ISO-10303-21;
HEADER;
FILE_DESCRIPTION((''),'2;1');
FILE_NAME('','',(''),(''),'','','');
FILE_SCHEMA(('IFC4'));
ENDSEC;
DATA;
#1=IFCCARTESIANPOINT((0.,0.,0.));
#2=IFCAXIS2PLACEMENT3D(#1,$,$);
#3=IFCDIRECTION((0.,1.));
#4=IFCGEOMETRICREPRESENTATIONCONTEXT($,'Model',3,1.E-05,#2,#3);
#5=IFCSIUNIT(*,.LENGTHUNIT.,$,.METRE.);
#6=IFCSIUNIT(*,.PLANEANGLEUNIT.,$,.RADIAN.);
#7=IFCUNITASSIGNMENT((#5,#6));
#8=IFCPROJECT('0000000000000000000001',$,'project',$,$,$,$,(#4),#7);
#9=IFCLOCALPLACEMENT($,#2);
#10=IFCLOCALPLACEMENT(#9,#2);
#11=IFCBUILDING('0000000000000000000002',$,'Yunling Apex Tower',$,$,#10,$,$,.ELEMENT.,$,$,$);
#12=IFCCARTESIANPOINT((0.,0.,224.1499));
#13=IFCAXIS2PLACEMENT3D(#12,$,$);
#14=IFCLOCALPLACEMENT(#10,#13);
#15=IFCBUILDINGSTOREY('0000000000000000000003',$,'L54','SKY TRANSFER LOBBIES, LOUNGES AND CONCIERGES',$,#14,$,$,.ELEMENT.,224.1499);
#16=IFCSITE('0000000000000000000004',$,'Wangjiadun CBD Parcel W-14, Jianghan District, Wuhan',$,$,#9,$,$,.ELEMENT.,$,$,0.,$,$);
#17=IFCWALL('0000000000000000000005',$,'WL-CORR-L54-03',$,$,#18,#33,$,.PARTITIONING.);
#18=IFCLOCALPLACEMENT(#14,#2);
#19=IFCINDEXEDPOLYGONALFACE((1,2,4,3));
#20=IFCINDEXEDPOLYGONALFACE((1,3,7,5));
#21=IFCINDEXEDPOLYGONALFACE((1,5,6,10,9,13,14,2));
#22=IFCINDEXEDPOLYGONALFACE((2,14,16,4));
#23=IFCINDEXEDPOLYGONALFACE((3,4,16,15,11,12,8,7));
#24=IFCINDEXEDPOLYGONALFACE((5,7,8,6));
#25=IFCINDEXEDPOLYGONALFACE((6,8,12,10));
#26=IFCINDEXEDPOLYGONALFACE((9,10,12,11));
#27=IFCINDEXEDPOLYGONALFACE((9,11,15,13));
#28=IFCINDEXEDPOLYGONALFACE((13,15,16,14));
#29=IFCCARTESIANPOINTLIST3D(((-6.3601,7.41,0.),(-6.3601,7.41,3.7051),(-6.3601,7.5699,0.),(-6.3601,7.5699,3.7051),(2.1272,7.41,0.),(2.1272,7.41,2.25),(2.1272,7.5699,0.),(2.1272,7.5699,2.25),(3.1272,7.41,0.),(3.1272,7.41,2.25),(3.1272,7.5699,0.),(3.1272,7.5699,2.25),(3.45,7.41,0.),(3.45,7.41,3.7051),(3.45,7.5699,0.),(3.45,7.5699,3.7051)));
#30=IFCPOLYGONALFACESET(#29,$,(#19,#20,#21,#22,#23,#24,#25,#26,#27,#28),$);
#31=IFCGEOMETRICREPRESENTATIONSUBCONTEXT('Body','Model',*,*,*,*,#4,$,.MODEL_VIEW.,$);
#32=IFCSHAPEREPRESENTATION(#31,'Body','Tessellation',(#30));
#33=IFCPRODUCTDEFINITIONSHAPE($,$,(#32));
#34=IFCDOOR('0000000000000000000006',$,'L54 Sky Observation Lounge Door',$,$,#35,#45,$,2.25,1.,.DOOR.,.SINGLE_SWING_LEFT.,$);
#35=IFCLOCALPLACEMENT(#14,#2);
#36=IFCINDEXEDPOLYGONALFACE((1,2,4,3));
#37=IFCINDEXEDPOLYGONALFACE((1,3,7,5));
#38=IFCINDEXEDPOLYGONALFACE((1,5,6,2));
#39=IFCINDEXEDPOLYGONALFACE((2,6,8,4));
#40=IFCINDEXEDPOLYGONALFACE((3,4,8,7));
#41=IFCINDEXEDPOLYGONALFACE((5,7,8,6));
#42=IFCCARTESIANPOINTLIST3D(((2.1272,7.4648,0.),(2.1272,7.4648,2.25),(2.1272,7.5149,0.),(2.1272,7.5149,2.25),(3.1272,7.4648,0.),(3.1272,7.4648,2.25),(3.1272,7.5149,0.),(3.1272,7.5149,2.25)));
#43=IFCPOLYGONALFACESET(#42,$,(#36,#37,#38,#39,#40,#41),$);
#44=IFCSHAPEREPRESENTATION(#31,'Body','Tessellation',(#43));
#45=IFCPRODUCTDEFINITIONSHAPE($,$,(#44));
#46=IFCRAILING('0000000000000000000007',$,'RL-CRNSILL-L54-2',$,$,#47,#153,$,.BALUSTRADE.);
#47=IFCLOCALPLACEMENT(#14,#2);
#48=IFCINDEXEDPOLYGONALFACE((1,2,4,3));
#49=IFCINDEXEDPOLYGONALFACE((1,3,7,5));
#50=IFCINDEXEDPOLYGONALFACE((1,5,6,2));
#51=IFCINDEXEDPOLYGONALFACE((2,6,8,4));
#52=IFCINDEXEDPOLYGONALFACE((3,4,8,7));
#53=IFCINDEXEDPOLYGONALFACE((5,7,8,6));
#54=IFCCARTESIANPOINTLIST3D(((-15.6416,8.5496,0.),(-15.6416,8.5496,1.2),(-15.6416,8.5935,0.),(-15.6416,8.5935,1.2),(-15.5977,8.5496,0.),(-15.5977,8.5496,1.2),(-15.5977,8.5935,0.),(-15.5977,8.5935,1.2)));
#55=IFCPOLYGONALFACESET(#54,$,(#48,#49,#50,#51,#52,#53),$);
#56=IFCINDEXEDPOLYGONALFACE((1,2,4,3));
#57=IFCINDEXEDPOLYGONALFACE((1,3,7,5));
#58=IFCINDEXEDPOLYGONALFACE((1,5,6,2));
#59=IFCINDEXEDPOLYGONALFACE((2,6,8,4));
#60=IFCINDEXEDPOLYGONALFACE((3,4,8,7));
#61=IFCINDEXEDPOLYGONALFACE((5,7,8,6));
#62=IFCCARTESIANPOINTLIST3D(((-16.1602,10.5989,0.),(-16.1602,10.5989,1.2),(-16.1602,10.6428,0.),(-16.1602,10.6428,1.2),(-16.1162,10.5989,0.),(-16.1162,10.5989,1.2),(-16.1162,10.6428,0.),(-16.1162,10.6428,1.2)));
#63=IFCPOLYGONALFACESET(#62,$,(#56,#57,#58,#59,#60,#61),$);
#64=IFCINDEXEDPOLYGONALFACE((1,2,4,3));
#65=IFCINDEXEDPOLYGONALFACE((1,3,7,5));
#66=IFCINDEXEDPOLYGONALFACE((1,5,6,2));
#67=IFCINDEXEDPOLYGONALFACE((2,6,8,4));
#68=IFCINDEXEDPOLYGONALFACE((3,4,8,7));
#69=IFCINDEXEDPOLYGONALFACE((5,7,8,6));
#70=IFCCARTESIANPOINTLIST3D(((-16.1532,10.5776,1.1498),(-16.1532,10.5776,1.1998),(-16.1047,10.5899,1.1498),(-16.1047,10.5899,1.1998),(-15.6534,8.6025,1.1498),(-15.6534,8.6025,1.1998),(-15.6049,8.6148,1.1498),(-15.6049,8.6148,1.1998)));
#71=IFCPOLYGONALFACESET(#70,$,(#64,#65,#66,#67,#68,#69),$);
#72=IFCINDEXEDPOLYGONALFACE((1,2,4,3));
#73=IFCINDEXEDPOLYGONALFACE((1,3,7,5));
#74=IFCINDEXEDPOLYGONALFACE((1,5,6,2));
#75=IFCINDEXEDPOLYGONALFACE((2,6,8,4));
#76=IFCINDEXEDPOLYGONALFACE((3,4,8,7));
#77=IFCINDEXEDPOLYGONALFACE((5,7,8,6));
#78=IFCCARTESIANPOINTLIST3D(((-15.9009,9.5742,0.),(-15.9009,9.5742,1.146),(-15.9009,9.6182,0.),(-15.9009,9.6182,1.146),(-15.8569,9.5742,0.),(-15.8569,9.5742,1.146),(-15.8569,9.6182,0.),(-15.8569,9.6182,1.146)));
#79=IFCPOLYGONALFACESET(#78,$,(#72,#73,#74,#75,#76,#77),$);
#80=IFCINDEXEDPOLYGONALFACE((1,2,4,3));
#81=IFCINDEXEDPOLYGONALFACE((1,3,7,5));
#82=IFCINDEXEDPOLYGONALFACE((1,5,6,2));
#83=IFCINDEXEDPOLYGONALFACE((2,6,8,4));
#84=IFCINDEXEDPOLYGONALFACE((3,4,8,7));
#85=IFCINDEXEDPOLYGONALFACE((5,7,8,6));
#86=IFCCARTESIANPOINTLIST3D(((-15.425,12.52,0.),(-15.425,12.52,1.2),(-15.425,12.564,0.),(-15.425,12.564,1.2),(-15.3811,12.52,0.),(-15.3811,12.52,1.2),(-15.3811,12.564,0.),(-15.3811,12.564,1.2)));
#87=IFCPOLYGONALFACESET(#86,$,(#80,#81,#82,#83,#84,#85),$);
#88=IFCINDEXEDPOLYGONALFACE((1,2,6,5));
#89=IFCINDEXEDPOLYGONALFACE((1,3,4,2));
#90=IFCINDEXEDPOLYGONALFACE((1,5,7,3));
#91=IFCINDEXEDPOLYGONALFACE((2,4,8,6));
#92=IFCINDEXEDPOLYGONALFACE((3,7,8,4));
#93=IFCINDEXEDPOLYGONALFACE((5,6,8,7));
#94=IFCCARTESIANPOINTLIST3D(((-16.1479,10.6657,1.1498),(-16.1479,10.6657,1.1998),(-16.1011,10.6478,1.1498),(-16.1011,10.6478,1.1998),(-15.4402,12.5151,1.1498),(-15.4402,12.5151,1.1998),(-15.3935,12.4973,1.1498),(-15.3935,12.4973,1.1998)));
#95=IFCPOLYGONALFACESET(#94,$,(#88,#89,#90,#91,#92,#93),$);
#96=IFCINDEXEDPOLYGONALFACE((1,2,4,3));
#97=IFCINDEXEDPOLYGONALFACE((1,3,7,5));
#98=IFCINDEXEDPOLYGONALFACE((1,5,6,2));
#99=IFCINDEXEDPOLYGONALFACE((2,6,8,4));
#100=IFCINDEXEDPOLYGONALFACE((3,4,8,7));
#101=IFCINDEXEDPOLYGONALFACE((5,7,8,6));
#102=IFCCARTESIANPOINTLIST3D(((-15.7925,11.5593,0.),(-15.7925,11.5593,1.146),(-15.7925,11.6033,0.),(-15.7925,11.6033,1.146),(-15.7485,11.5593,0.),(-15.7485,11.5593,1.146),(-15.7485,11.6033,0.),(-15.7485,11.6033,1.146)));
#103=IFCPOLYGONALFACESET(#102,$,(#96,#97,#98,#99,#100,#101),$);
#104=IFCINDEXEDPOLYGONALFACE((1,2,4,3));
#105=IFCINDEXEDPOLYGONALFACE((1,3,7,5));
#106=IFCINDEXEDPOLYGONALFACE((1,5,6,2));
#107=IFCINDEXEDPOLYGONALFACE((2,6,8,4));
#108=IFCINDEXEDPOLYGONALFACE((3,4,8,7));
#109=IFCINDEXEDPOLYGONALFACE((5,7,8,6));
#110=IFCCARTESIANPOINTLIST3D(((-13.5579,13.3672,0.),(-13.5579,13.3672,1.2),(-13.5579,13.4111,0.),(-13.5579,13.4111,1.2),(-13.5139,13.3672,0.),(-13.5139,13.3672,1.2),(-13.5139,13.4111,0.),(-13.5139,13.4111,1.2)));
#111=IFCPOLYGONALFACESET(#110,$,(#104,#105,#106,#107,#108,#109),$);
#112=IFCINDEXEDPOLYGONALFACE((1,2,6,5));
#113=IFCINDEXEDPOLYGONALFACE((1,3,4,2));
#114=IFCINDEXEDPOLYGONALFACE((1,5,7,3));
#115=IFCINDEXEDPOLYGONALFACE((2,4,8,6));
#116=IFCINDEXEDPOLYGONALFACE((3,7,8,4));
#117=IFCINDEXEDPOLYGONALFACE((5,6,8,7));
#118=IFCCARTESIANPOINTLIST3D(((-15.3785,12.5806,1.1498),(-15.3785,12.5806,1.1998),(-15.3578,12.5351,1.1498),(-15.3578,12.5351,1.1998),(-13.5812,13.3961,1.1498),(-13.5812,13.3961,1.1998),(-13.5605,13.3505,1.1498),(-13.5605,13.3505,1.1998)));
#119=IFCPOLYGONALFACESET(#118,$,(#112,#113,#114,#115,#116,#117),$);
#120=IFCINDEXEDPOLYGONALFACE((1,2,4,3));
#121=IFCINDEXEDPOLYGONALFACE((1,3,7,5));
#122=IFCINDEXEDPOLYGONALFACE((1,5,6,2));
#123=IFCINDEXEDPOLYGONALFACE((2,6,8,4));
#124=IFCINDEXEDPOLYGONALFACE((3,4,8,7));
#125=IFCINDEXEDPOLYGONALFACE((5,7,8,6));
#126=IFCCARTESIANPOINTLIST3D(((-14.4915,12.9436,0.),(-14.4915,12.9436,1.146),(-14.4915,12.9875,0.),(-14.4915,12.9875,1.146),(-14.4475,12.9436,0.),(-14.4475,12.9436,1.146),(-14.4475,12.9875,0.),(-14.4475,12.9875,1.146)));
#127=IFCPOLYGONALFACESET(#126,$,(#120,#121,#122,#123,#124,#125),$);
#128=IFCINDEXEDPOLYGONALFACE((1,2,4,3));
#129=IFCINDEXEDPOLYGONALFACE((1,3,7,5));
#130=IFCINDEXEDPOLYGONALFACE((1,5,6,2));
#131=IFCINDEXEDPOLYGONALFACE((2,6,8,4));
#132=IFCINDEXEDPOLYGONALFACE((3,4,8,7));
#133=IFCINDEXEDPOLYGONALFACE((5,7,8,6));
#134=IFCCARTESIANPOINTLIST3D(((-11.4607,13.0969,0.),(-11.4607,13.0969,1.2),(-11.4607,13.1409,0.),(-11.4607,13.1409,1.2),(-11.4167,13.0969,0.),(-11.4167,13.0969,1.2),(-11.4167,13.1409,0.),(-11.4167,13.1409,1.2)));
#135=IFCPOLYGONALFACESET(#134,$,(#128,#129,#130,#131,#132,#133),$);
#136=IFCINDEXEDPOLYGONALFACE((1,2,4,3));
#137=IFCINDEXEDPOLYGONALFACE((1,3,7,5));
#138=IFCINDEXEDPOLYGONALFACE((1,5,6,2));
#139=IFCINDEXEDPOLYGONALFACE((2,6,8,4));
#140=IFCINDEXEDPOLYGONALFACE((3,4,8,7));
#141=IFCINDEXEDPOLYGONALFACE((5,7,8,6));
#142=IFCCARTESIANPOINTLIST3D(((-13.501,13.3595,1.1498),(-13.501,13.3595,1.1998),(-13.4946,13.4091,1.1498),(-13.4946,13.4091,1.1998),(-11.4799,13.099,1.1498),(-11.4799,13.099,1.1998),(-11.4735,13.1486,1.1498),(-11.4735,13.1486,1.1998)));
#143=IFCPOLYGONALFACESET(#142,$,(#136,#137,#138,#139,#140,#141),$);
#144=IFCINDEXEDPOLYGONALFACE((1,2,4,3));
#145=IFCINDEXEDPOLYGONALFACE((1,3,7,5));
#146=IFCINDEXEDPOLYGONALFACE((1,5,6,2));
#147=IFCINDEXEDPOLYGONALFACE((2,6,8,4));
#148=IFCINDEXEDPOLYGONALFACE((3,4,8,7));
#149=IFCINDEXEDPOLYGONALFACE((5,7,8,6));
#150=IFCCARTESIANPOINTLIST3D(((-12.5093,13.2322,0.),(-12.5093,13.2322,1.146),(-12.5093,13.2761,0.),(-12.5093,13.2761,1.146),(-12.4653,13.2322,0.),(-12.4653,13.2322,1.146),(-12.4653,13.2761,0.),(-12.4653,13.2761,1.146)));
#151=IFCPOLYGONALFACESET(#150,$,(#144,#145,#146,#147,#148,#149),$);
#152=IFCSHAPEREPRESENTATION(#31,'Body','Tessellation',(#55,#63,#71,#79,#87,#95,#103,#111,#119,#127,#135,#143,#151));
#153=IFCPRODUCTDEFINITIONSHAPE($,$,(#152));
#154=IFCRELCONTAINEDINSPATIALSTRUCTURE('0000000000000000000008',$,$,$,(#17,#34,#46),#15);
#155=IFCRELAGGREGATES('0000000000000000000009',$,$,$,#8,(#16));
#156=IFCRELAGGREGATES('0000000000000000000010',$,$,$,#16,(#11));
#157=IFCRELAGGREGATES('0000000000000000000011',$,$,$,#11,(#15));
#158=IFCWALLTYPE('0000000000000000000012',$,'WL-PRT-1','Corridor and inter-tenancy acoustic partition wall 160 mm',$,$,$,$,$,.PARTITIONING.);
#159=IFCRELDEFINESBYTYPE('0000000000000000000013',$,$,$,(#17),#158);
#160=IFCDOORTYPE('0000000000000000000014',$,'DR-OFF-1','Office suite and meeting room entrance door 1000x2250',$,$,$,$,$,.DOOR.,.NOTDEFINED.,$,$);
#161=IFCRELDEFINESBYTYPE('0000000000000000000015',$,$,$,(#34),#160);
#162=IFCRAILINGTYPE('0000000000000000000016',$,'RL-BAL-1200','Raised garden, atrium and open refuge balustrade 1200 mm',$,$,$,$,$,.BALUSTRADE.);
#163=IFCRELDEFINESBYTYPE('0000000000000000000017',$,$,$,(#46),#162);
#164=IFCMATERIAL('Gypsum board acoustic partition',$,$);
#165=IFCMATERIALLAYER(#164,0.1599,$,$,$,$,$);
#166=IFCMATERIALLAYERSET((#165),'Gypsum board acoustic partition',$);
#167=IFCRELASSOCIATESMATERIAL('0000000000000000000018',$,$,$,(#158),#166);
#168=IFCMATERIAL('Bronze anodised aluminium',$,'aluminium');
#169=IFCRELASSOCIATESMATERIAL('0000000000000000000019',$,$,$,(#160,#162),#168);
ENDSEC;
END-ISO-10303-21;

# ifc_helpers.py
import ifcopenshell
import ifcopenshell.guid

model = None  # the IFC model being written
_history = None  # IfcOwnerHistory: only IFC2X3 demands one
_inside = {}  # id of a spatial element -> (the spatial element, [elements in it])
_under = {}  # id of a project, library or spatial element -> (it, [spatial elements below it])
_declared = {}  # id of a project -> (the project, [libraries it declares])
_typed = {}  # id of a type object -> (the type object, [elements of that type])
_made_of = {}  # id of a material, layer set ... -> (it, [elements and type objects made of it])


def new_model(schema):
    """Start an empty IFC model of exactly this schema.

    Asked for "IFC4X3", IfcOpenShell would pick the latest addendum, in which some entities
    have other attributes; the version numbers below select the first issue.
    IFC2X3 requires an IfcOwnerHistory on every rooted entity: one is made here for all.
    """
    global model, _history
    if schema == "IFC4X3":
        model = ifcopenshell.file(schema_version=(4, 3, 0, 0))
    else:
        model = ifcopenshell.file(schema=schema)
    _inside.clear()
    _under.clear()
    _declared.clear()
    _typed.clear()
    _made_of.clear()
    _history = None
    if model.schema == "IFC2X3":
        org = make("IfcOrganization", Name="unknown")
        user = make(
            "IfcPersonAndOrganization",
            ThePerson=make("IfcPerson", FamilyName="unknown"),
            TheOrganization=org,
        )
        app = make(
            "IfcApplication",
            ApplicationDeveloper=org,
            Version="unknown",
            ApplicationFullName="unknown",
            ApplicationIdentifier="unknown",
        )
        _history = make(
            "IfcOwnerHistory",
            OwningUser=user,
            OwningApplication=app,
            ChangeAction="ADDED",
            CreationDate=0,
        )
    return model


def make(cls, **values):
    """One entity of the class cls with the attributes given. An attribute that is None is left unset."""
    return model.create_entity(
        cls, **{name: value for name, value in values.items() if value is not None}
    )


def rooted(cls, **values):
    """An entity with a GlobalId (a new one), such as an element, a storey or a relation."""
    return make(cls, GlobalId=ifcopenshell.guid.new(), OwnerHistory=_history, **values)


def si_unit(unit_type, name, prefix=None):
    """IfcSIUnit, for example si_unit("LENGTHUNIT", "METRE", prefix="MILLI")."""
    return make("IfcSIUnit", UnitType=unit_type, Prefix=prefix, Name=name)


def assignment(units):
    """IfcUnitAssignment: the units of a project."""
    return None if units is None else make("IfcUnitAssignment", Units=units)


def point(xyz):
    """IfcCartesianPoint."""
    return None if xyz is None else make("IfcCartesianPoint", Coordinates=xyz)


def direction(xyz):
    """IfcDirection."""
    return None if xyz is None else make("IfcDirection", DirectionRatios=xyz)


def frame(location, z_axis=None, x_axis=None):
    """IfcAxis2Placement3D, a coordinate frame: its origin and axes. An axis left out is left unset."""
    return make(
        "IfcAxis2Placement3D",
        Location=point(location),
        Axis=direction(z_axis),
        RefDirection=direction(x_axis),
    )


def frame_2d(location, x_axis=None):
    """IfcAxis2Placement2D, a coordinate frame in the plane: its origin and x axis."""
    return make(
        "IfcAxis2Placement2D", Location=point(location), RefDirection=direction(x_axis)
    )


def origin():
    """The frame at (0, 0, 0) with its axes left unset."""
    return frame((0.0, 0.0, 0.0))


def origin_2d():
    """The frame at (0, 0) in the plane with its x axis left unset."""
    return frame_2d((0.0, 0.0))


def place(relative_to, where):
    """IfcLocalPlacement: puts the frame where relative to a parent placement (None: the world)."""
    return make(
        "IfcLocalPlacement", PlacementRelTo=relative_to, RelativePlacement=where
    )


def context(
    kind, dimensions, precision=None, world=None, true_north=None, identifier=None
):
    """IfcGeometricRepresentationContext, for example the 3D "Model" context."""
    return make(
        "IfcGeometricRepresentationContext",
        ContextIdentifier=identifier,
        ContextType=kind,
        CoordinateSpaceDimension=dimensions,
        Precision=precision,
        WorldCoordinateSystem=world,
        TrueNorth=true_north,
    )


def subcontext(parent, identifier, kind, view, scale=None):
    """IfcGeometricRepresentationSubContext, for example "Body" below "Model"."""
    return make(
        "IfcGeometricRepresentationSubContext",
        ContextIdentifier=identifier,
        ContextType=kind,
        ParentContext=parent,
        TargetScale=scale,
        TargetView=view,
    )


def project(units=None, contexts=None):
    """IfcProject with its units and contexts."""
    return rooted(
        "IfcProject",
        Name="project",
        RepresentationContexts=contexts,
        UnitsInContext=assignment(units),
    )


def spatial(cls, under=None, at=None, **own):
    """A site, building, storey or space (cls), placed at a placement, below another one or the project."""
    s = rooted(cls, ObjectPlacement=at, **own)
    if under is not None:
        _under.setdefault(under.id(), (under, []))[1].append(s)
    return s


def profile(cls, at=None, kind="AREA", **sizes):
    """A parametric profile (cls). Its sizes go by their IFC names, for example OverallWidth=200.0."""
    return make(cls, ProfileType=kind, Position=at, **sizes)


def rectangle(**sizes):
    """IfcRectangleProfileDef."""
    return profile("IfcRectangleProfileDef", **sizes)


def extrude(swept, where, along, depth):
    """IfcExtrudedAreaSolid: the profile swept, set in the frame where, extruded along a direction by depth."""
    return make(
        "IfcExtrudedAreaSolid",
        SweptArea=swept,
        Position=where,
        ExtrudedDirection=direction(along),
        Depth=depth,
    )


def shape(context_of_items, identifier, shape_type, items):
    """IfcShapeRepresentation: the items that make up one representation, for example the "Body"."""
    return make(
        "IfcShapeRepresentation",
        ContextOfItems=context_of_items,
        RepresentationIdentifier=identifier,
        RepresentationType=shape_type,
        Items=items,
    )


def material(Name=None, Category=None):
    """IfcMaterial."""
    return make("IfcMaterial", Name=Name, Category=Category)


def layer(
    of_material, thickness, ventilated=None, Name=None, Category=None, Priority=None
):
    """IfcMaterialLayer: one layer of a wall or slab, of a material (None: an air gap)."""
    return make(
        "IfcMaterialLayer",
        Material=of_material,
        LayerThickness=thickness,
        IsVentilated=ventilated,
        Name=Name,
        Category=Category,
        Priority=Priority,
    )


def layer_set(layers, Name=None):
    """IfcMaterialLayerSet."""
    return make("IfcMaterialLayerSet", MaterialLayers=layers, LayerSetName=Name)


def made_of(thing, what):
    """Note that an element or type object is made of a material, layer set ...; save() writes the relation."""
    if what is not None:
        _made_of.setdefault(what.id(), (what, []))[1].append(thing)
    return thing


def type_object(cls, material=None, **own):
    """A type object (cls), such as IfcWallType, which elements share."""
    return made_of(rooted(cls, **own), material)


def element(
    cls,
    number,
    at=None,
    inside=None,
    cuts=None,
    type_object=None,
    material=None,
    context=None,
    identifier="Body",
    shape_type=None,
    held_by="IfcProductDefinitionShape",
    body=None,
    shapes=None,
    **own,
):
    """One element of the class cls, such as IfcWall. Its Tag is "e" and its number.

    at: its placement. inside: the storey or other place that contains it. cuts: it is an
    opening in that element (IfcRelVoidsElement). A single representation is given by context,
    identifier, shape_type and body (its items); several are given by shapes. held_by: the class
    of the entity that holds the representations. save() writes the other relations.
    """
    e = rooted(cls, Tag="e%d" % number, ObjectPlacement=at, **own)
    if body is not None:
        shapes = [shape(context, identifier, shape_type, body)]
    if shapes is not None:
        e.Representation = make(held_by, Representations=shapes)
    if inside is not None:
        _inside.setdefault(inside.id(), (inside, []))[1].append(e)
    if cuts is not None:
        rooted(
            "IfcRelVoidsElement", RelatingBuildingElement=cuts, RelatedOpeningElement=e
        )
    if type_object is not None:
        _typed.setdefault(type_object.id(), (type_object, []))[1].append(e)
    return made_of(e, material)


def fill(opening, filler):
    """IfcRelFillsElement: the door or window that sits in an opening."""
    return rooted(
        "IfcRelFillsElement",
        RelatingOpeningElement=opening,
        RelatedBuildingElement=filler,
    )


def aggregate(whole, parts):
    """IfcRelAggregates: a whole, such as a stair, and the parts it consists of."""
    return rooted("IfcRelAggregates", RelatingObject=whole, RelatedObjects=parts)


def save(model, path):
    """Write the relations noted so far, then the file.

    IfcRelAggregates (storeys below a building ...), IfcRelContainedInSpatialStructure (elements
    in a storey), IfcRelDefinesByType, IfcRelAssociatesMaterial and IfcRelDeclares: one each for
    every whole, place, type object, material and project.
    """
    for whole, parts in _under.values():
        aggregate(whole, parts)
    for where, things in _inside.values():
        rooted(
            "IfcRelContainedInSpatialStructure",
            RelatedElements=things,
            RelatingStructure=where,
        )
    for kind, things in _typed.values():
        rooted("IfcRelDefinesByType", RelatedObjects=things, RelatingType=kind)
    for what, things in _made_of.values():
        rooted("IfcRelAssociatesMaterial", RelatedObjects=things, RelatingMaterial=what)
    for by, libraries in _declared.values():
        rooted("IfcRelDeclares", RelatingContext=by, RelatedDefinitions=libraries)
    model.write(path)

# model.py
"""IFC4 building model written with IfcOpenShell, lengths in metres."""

from ifc_helpers import new_model, si_unit, direction, frame, frame_2d, origin, origin_2d, place, context, subcontext, project, spatial, rectangle, extrude, material, layer, layer_set, type_object, element, fill, save


model = new_model("IFC4")

# Units and contexts
model_context = context("Model", 3, precision=1e-05, world=origin(), true_north=direction((0.0, 1.0)))
body_context = subcontext(model_context, "Body", "Model", "MODEL_VIEW")
ifc_project = project(units=[si_unit("LENGTHUNIT", "METRE"), si_unit("PLANEANGLEUNIT", "RADIAN")], contexts=[model_context])

# Site, building, storey
site_placement = place(None, origin())
site = spatial("IfcSite", under=ifc_project, at=site_placement, Name="Wangjiadun CBD Parcel W-14, Jianghan District, Wuhan", CompositionType="ELEMENT", RefElevation=0.0)
building_placement = place(site_placement, origin())
building = spatial("IfcBuilding", under=site, at=building_placement, Name="Yunling Apex Tower", CompositionType="ELEMENT")
storey_placement = place(building_placement, frame((0.0, 0.0, 224.1499)))
storey = spatial("IfcBuildingStorey", under=building, at=storey_placement, Name="L54", Description="SKY TRANSFER LOBBIES, LOUNGES AND CONCIERGES", CompositionType="ELEMENT", Elevation=224.1499)

# Shared definitions
ifc_material_1 = material(Name="Bronze anodised aluminium", Category="aluminium")

# Shared definitions
ifc_material_2 = material(Name="Gypsum board acoustic partition")
ifc_layer_1 = layer(ifc_material_2, 0.1599)
ifc_layer_set_1 = layer_set([ifc_layer_1], Name="Gypsum board acoustic partition")
wall_type = type_object("IfcWallType", Name="WL-PRT-1", Description="Corridor and inter-tenancy acoustic partition wall 160 mm", PredefinedType="PARTITIONING", material=ifc_layer_set_1)

# Wall, opening, door
wall_1_placement = place(storey_placement, frame((-6.3601, 7.49, 0.0), z_axis=(0.0, 0.0, 1.0), x_axis=(1.0, 0.0, 0.0)))
wall_1 = element("IfcWall", 1, at=wall_1_placement, inside=storey, type_object=wall_type, Name="WL-CORR-L54-03", PredefinedType="PARTITIONING", context=body_context, shape_type="SweptSolid", body=[
    extrude(rectangle(XDim=9.8101, YDim=0.1599, at=frame_2d((4.905, 0.0))), origin(), (0.0, 0.0, 1.0), 3.7051),
])
opening_placement = place(wall_1_placement, frame((8.4873, 0.0, 0.0)))
opening = element("IfcOpeningElement", 2, at=opening_placement, cuts=wall_1, PredefinedType="OPENING", context=body_context, shape_type="SweptSolid", body=[
    extrude(rectangle(XDim=1.0, YDim=2.25, at=frame_2d((0.5, 1.125))), frame((0.0, 0.0898, 0.0), z_axis=(0.0, -1.0, 0.0), x_axis=(1.0, 0.0, 0.0)), (0.0, 0.0, 1.0), 0.1799),
])
door_type = type_object("IfcDoorType", Name="DR-OFF-1", Description="Office suite and meeting room entrance door 1000x2250", OperationType="NOTDEFINED", PredefinedType="DOOR", material=ifc_material_1)
door_placement = place(opening_placement, origin())
door = element("IfcDoor", 3, at=door_placement, inside=storey, type_object=door_type, Name="L54 Sky Observation Lounge Door", OperationType="SINGLE_SWING_LEFT", OverallHeight=2.25, OverallWidth=1.0, PredefinedType="DOOR", context=body_context, shape_type="SweptSolid", body=[
    extrude(rectangle(XDim=1.0, YDim=2.25, at=frame_2d((0.5, 1.125))), frame((0.0, 0.0249, 0.0), z_axis=(0.0, -1.0, 0.0), x_axis=(1.0, 0.0, 0.0)), (0.0, 0.0, 1.0), 0.05),
])
fill(opening, door)

# Railing
railing_type = type_object("IfcRailingType", Name="RL-BAL-1200", Description="Raised garden, atrium and open refuge balustrade 1200 mm", PredefinedType="BALUSTRADE", material=ifc_material_1)
railing_placement = place(storey_placement, frame((-15.6196, 8.5715, 0.0)))
element("IfcRailing", 4, at=railing_placement, inside=storey, type_object=railing_type, Name="RL-CRNSILL-L54-2", PredefinedType="BALUSTRADE", context=body_context, shape_type="SweptSolid", body=[
    extrude(rectangle(XDim=0.0439, YDim=0.0439, at=origin_2d()), origin(), (0.0, 0.0, 1.0), 1.2),
    extrude(rectangle(XDim=0.0439, YDim=0.0439, at=origin_2d()), frame((-0.5186, 2.0493, 0.0)), (0.0, 0.0, 1.0), 1.2),
    extrude(rectangle(XDim=0.05, YDim=0.05, at=origin_2d()), frame((-0.0095, 0.0371, 1.1748), z_axis=(-0.245306, 0.969446, 0.0), x_axis=(-0.969446, -0.245306, 0.0)), (0.0, 0.0, 1.0), 2.0374),
    extrude(rectangle(XDim=0.0439, YDim=0.0439, at=origin_2d()), frame((-0.2593, 1.0247, 0.0)), (0.0, 0.0, 1.0), 1.146),
    extrude(rectangle(XDim=0.0439, YDim=0.0439, at=origin_2d()), frame((0.2166, 3.9705, 0.0)), (0.0, 0.0, 1.0), 1.2),
    extrude(rectangle(XDim=0.05, YDim=0.05, at=origin_2d()), frame((-0.5049, 2.0852, 1.1748), z_axis=(0.357372, 0.933962, 0.0), x_axis=(-0.933962, 0.357372, 0.0)), (0.0, 0.0, 1.0), 1.9802),
    extrude(rectangle(XDim=0.0439, YDim=0.0439, at=origin_2d()), frame((-0.1509, 3.0098, 0.0)), (0.0, 0.0, 1.0), 1.146),
    extrude(rectangle(XDim=0.0439, YDim=0.0439, at=origin_2d()), frame((2.0837, 4.8176, 0.0)), (0.0, 0.0, 1.0), 1.2),
    extrude(rectangle(XDim=0.05, YDim=0.05, at=origin_2d()), frame((0.2515, 3.9863, 1.1748), z_axis=(0.910652, 0.413175, 0.0), x_axis=(-0.413175, 0.910652, 0.0)), (0.0, 0.0, 1.0), 1.9736),
    extrude(rectangle(XDim=0.0439, YDim=0.0439, at=origin_2d()), frame((1.1501, 4.394, 0.0)), (0.0, 0.0, 1.0), 1.146),
    extrude(rectangle(XDim=0.0439, YDim=0.0439, at=origin_2d()), frame((4.1809, 4.5474, 0.0)), (0.0, 0.0, 1.0), 1.2),
    extrude(rectangle(XDim=0.05, YDim=0.05, at=origin_2d()), frame((2.1218, 4.8127, 1.1748), z_axis=(0.991798, -0.127814, 0.0), x_axis=(0.127814, 0.991798, 0.0)), (0.0, 0.0, 1.0), 2.0378),
    extrude(rectangle(XDim=0.0439, YDim=0.0439, at=origin_2d()), frame((3.1323, 4.6826, 0.0)), (0.0, 0.0, 1.0), 1.146),
])

save(model, "model.ifc")
